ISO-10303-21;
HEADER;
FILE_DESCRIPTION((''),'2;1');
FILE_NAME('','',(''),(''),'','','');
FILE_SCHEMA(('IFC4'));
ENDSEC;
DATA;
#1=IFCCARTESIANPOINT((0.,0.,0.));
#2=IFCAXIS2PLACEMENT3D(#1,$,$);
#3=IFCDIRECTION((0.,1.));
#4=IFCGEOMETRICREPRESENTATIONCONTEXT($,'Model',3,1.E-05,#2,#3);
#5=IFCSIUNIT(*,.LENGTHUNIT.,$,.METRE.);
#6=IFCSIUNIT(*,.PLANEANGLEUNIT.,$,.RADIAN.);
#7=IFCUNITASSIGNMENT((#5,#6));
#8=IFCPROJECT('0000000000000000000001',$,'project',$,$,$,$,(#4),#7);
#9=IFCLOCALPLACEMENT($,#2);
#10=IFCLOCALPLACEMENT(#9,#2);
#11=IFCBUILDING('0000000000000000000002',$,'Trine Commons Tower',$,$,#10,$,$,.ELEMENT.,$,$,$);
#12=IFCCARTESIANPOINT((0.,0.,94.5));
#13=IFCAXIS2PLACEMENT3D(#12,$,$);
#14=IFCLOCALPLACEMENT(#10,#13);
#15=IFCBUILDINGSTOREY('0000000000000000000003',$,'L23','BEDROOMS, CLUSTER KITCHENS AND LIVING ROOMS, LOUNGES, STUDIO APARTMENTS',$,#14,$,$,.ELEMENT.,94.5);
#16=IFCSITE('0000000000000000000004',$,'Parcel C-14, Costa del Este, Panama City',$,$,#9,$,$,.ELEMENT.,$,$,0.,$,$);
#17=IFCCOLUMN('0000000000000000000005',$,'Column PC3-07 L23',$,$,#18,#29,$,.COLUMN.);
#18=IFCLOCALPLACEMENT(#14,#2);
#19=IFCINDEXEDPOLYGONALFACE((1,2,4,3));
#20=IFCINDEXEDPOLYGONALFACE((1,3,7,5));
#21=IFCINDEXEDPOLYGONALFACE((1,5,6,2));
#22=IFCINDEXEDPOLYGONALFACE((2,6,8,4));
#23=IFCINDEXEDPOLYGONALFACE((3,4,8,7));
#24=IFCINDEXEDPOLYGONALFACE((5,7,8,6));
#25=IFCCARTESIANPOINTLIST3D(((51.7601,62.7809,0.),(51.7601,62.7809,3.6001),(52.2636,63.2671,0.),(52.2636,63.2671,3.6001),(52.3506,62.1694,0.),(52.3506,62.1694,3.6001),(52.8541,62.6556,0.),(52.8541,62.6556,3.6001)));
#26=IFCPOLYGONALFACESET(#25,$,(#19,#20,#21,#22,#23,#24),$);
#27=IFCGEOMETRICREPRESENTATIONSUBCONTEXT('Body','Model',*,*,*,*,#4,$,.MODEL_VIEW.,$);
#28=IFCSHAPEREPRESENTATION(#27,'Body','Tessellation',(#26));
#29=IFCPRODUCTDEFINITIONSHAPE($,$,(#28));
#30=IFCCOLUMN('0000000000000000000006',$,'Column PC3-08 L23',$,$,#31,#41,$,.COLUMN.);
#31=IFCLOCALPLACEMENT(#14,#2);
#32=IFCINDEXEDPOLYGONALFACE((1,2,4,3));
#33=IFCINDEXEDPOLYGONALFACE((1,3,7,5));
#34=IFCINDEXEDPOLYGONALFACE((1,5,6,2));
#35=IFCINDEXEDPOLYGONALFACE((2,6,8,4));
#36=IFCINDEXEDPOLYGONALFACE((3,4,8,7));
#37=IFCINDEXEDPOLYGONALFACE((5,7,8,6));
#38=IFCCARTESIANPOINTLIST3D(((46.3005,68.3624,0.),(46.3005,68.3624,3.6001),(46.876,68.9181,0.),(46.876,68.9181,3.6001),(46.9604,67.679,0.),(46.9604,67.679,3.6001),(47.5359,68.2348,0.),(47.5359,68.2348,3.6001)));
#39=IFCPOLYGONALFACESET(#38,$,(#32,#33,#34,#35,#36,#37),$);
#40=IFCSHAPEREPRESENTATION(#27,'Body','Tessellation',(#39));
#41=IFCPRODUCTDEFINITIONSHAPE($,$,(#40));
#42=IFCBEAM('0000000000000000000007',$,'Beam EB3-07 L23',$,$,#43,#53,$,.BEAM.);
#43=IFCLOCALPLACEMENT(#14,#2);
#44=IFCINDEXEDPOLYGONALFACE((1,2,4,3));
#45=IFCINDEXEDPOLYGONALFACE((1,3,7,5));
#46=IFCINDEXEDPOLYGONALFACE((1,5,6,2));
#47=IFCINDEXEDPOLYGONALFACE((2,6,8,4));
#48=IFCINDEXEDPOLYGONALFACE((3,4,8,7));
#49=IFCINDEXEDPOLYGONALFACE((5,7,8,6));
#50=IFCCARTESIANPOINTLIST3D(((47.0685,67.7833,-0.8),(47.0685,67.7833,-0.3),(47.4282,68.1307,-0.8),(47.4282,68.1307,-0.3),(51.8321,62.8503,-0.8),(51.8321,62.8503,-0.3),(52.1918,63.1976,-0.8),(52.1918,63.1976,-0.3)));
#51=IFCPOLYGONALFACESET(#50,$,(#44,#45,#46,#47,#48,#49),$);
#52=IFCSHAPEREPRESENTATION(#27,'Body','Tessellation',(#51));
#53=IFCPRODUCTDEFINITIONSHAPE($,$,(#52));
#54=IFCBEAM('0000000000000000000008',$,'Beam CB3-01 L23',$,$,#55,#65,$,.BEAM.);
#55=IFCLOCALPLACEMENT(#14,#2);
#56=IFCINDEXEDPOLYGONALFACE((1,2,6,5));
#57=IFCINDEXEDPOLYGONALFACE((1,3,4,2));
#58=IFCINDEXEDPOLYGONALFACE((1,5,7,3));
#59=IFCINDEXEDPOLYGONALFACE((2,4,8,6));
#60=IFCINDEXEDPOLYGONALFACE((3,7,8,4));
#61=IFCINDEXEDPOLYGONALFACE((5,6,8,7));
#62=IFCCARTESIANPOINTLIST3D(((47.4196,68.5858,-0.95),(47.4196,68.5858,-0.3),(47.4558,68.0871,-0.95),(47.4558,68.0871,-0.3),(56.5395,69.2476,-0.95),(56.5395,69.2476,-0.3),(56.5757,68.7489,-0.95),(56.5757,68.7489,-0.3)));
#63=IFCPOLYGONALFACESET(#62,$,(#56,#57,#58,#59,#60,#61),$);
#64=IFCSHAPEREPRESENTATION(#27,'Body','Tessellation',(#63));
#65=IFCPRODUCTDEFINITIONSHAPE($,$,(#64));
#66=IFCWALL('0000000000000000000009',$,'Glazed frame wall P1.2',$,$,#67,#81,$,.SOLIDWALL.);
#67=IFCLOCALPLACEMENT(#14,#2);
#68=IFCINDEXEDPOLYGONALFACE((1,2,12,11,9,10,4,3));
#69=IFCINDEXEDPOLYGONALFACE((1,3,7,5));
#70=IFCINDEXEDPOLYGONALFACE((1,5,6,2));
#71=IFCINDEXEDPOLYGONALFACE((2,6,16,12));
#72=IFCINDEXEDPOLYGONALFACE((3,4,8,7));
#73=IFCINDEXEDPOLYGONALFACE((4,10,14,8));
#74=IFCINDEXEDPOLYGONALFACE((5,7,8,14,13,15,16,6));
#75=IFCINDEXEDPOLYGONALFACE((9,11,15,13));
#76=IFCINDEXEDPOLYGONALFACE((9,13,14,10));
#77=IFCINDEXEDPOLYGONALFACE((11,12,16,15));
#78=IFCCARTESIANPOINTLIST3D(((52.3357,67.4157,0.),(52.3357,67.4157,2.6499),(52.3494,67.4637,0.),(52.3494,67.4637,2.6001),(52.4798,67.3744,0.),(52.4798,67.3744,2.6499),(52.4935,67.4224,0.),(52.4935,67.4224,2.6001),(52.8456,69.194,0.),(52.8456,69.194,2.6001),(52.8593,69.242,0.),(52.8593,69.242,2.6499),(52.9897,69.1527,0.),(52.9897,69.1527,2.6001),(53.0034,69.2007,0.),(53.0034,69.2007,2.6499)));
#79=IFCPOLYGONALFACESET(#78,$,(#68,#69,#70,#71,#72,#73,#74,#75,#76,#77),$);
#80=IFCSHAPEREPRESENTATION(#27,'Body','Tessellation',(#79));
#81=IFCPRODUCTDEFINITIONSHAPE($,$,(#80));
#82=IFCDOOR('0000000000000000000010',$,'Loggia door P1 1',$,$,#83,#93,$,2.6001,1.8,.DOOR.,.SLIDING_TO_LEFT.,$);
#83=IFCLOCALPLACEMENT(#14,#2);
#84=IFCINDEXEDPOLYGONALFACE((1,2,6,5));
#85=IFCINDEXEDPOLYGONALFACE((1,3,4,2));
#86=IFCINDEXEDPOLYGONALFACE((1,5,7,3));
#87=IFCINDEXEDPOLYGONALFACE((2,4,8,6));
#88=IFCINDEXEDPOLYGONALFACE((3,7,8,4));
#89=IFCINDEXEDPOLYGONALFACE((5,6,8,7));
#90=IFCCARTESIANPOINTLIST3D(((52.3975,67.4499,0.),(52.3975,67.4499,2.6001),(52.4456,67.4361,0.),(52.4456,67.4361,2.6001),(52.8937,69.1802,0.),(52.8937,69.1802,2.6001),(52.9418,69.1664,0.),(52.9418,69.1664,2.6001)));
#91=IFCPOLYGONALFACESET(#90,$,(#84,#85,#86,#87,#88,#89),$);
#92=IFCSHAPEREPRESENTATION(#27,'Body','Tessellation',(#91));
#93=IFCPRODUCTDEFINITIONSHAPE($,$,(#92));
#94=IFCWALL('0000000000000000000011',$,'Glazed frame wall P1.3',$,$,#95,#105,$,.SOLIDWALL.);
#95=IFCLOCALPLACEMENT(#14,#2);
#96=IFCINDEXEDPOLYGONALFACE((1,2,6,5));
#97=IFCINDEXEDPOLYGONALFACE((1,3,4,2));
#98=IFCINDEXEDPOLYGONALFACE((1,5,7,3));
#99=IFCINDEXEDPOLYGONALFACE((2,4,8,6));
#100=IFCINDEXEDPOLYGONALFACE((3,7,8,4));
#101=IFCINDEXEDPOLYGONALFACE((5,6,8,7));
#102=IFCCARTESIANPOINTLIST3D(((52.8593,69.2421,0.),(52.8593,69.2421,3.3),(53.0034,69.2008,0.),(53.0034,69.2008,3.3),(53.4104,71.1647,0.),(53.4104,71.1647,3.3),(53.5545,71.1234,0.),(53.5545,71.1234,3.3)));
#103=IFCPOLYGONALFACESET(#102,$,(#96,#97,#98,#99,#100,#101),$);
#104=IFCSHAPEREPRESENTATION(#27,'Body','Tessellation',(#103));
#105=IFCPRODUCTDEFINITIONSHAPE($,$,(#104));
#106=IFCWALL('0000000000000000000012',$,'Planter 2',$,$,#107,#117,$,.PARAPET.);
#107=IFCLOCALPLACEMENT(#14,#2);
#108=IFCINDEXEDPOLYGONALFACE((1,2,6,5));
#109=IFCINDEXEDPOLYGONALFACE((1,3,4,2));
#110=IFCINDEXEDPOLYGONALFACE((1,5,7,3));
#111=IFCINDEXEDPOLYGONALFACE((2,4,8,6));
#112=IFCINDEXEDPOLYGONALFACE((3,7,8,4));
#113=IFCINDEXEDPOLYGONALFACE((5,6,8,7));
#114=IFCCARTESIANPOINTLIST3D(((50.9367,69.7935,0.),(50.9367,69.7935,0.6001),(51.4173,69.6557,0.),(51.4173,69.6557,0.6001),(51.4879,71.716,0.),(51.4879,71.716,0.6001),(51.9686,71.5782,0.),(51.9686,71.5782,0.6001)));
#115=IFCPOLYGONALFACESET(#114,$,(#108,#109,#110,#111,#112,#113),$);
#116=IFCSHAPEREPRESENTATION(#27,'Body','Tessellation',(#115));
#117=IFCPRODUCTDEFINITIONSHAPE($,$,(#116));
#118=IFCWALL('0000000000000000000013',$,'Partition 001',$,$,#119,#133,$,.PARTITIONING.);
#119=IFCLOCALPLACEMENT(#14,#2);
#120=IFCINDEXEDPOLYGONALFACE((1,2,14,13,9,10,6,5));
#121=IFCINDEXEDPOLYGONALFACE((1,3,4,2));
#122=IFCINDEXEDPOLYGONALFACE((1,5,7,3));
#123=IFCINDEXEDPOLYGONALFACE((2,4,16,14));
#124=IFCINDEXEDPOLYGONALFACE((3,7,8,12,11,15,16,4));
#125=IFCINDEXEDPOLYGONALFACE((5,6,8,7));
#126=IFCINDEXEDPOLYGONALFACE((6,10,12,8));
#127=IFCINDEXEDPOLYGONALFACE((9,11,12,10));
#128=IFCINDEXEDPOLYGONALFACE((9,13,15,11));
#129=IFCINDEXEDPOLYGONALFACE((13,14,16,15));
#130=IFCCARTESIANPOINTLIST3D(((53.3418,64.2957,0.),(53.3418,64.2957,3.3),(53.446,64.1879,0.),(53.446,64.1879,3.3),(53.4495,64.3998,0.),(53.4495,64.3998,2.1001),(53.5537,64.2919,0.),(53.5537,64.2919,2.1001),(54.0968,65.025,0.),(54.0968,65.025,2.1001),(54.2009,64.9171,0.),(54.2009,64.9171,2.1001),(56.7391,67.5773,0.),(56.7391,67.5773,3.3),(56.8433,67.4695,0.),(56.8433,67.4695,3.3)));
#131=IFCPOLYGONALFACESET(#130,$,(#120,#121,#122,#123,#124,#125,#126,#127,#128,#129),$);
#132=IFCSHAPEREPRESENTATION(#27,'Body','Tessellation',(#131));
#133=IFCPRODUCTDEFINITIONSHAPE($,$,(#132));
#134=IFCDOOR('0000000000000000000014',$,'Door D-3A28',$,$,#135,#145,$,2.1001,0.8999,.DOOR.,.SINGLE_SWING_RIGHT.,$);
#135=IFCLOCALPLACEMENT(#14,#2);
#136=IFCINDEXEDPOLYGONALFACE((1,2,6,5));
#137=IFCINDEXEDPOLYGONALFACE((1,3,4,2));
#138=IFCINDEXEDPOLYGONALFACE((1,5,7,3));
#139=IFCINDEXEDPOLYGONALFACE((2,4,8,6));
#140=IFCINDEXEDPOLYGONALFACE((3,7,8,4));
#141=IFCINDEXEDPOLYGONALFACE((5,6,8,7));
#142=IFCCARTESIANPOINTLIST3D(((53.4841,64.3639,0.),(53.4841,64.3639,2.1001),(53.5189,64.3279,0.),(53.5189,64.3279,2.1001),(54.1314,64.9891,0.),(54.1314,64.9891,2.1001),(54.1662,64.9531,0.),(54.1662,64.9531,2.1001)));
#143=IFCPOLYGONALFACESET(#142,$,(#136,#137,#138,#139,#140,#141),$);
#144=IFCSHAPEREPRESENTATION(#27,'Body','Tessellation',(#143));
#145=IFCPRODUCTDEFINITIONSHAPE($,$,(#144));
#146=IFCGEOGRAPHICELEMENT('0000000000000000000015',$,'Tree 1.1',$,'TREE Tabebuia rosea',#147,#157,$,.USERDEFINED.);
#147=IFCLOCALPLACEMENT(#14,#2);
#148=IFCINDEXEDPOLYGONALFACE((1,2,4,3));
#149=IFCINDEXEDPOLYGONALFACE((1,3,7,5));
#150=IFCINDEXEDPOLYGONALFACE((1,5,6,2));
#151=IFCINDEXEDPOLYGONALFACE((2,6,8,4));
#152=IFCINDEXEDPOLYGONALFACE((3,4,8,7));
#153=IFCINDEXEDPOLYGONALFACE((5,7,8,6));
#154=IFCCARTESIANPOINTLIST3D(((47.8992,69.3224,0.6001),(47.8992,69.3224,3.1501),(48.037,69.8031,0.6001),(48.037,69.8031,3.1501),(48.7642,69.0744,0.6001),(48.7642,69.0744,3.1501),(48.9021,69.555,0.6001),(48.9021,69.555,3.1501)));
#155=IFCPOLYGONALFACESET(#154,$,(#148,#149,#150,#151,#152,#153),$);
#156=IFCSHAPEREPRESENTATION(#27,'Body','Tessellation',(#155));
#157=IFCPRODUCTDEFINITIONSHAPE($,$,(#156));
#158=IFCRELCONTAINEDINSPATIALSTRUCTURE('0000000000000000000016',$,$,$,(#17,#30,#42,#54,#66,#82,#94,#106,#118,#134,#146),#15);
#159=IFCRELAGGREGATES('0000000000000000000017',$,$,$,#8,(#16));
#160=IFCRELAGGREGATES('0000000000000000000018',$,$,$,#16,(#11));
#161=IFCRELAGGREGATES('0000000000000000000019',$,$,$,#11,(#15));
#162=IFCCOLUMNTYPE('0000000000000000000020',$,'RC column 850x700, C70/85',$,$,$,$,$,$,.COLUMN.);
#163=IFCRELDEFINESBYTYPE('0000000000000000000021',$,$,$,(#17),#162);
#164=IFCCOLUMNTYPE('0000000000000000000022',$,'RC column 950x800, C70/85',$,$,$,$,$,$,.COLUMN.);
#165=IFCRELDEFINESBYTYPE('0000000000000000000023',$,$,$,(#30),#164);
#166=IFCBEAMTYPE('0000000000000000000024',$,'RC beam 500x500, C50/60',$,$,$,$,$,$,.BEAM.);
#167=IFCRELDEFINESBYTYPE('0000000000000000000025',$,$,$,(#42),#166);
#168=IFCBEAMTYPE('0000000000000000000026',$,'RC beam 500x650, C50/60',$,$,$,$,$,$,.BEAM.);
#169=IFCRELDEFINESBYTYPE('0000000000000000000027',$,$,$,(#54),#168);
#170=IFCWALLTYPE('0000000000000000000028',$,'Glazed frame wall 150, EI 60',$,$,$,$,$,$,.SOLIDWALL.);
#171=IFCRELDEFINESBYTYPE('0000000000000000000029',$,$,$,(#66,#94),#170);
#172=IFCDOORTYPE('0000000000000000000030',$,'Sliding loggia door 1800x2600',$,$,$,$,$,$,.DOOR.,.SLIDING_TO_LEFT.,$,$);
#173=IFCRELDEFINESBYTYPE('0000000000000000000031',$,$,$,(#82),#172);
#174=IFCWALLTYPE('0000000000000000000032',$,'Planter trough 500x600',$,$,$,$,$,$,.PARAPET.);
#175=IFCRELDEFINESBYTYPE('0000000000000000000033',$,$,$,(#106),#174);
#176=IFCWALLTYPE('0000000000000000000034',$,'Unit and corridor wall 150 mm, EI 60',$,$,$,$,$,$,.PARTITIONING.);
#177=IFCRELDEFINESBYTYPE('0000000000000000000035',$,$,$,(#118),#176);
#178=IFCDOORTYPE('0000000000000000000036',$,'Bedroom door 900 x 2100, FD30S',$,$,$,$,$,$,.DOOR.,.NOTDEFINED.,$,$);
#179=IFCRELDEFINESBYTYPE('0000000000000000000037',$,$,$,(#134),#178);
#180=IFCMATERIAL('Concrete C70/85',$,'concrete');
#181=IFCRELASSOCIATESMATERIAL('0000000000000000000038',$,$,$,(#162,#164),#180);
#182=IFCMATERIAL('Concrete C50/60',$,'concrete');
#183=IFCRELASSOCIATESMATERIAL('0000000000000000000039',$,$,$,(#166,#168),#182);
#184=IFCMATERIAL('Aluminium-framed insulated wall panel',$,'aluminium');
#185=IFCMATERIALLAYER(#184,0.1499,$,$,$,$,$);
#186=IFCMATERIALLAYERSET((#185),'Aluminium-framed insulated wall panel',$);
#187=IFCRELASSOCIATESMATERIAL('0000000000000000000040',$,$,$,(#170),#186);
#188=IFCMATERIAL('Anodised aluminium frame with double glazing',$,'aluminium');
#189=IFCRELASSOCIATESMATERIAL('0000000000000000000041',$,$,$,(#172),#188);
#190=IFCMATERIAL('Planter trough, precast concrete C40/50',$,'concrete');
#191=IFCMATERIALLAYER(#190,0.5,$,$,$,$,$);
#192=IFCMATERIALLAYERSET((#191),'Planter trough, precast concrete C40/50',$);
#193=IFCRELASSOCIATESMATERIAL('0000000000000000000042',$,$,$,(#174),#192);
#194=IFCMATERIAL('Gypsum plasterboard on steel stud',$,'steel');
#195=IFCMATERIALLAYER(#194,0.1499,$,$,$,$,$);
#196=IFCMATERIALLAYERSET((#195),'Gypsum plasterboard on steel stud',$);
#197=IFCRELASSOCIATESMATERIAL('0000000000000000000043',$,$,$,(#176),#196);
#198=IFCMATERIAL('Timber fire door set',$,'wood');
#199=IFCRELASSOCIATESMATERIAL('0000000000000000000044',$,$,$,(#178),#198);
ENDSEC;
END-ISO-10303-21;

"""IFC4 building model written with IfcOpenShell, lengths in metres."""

from ifc_helpers import new_model, si_unit, direction, frame, frame_2d, origin, origin_2d, place, context, subcontext, project, spatial, polyline, rectangle, outline, extrude, material, layer, layer_set, material_profile, profile_set, type_object, element, fill, save


model = new_model("IFC4")

# Units and contexts
model_context = context("Model", 3, precision=1e-05, world=origin(), true_north=direction((0.0, 1.0)))
body_context = subcontext(model_context, "Body", "Model", "MODEL_VIEW")
ifc_project = project(units=[si_unit("LENGTHUNIT", "METRE"), si_unit("PLANEANGLEUNIT", "RADIAN")], contexts=[model_context])

# Site, building, storey
site_placement = place(None, origin())
site = spatial("IfcSite", under=ifc_project, at=site_placement, Name="Parcel C-14, Costa del Este, Panama City", CompositionType="ELEMENT", RefElevation=0.0)
building_placement = place(site_placement, origin())
building = spatial("IfcBuilding", under=site, at=building_placement, Name="Trine Commons Tower", CompositionType="ELEMENT")
storey_placement = place(building_placement, frame((0.0, 0.0, 94.5)))
storey = spatial("IfcBuildingStorey", under=building, at=storey_placement, Name="L23", Description="BEDROOMS, CLUSTER KITCHENS AND LIVING ROOMS, LOUNGES, STUDIO APARTMENTS", CompositionType="ELEMENT", Elevation=94.5)

# Columns
ifc_material_1 = material(Name="Concrete C70/85", Category="concrete")
ifc_material_profile_1 = material_profile(ifc_material_1, rectangle(XDim=0.8501, YDim=0.7, at=origin_2d()), Name="RC 850x700")
ifc_profile_set_1 = profile_set([ifc_material_profile_1], Name="Concrete C70/85")
column_type_1 = type_object("IfcColumnType", Name="RC column 850x700, C70/85", PredefinedType="COLUMN", material=ifc_profile_set_1)
column_1_placement = place(storey_placement, frame((52.3071, 62.7183, 0.0), z_axis=(0.0, 0.0, 1.0), x_axis=(-0.694658, 0.71934, 0.0)))
element("IfcColumn", 1, at=column_1_placement, inside=storey, type_object=column_type_1, Name="Column PC3-07 L23", PredefinedType="COLUMN", context=body_context, shape_type="SweptSolid", body=[
    extrude(rectangle(XDim=0.8501, YDim=0.7, at=origin_2d()), origin(), (0.0, 0.0, 1.0), 3.6001),
])
ifc_material_profile_2 = material_profile(ifc_material_1, rectangle(XDim=0.95, YDim=0.8, at=origin_2d()), Name="RC 950x800")
ifc_profile_set_2 = profile_set([ifc_material_profile_2], Name="Concrete C70/85")
column_type_2 = type_object("IfcColumnType", Name="RC column 950x800, C70/85", PredefinedType="COLUMN", material=ifc_profile_set_2)
column_2_placement = place(storey_placement, frame((46.9182, 68.2986, 0.0), z_axis=(0.0, 0.0, 1.0), x_axis=(-0.694658, 0.71934, 0.0)))
element("IfcColumn", 2, at=column_2_placement, inside=storey, type_object=column_type_2, Name="Column PC3-08 L23", PredefinedType="COLUMN", context=body_context, shape_type="SweptSolid", body=[
    extrude(rectangle(XDim=0.95, YDim=0.8, at=origin_2d()), origin(), (0.0, 0.0, 1.0), 3.6001),
])

# Beams
ifc_material_2 = material(Name="Concrete C50/60", Category="concrete")
ifc_material_profile_3 = material_profile(ifc_material_2, rectangle(XDim=0.5, YDim=0.5, at=origin_2d()), Name="RC 500x500")
ifc_profile_set_3 = profile_set([ifc_material_profile_3], Name="Concrete C50/60")
beam_type_1 = type_object("IfcBeamType", Name="RC beam 500x500, C50/60", PredefinedType="BEAM", material=ifc_profile_set_3)
beam_1_placement = place(storey_placement, frame((52.012, 63.0239, -0.55), z_axis=(-0.694645, 0.719352, 0.0), x_axis=(-0.719352, -0.694645, 0.0)))
element("IfcBeam", 3, at=beam_1_placement, inside=storey, type_object=beam_type_1, Name="Beam EB3-07 L23", PredefinedType="BEAM", context=body_context, shape_type="SweptSolid", body=[
    extrude(rectangle(XDim=0.5, YDim=0.5, at=origin_2d()), origin(), (0.0, 0.0, 1.0), 6.8577),
])
ifc_material_profile_4 = material_profile(ifc_material_2, rectangle(XDim=0.5, YDim=0.6499, at=origin_2d()), Name="RC 500x650")
ifc_profile_set_4 = profile_set([ifc_material_profile_4], Name="Concrete C50/60")
beam_type_2 = type_object("IfcBeamType", Name="RC beam 500x650, C50/60", PredefinedType="BEAM", material=ifc_profile_set_4)
beam_2_placement = place(storey_placement, frame((47.4377, 68.3364, -0.625), z_axis=(0.997377, 0.072384, 0.0), x_axis=(-0.072384, 0.997377, 0.0)))
element("IfcBeam", 4, at=beam_2_placement, inside=storey, type_object=beam_type_2, Name="Beam CB3-01 L23", PredefinedType="BEAM", context=body_context, shape_type="SweptSolid", body=[
    extrude(rectangle(XDim=0.5, YDim=0.6499, at=origin_2d()), origin(), (0.0, 0.0, 1.0), 9.1438),
])

# Shared definitions
ifc_material_3 = material(Name="Aluminium-framed insulated wall panel", Category="aluminium")
ifc_layer_1 = layer(ifc_material_3, 0.1499)
ifc_layer_set_1 = layer_set([ifc_layer_1], Name="Aluminium-framed insulated wall panel")
wall_type_1 = type_object("IfcWallType", Name="Glazed frame wall 150, EI 60", PredefinedType="SOLIDWALL", material=ifc_layer_set_1)

# Wall, opening, door
wall_1_placement = place(storey_placement, frame((52.4077, 67.395, 0.0), z_axis=(0.0, 0.0, 1.0), x_axis=(0.27562, 0.961267, 0.0)))
wall_1 = element("IfcWall", 5, at=wall_1_placement, inside=storey, type_object=wall_type_1, Name="Glazed frame wall P1.2", PredefinedType="SOLIDWALL", context=body_context, shape_type="SweptSolid", body=[
    extrude(outline(polyline([(0.0, -0.075), (1.8999, -0.075), (1.8999, 0.075), (0.0, 0.075), (0.0, -0.075)])), origin(), (0.0, 0.0, 1.0), 2.6499),
])
opening_1_placement = place(wall_1_placement, frame((0.05, 0.0, 0.0)))
opening_1 = element("IfcOpeningElement", 6, at=opening_1_placement, cuts=wall_1, PredefinedType="OPENING", context=body_context, shape_type="SweptSolid", body=[
    extrude(rectangle(XDim=1.8, YDim=2.6001, at=frame_2d((0.8999, 1.3))), frame((0.0, 0.085, 0.0), z_axis=(0.0, -1.0, 0.0), x_axis=(1.0, 0.0, 0.0)), (0.0, 0.0, 1.0), 0.1699),
])
ifc_material_4 = material(Name="Anodised aluminium frame with double glazing", Category="aluminium")
door_type_1 = type_object("IfcDoorType", Name="Sliding loggia door 1800x2600", OperationType="SLIDING_TO_LEFT", PredefinedType="DOOR", material=ifc_material_4)
door_1_placement = place(opening_1_placement, origin())
door_1 = element("IfcDoor", 7, at=door_1_placement, inside=storey, type_object=door_type_1, Name="Loggia door P1 1", OperationType="SLIDING_TO_LEFT", OverallHeight=2.6001, OverallWidth=1.8, PredefinedType="DOOR", context=body_context, shape_type="SweptSolid", body=[
    extrude(rectangle(XDim=1.8, YDim=2.6001, at=frame_2d((0.8999, 1.3))), frame((0.0, 0.0249, 0.0), z_axis=(0.0, -1.0, 0.0), x_axis=(1.0, 0.0, 0.0)), (0.0, 0.0, 1.0), 0.05),
])
fill(opening_1, door_1)

# Walls
wall_2_placement = place(storey_placement, frame((52.9314, 69.2214, 0.0), z_axis=(0.0, 0.0, 1.0), x_axis=(0.275511, 0.961298, 0.0)))
element("IfcWall", 8, at=wall_2_placement, inside=storey, type_object=wall_type_1, Name="Glazed frame wall P1.3", PredefinedType="SOLIDWALL", context=body_context, shape_type="SweptSolid", body=[
    extrude(outline(polyline([(0.0, -0.075), (2.0, -0.075), (2.0, 0.075), (0.0, 0.075), (0.0, -0.075)])), origin(), (0.0, 0.0, 1.0), 3.3),
])
ifc_material_5 = material(Name="Planter trough, precast concrete C40/50", Category="concrete")
ifc_layer_2 = layer(ifc_material_5, 0.5)
ifc_layer_set_2 = layer_set([ifc_layer_2], Name="Planter trough, precast concrete C40/50")
wall_type_2 = type_object("IfcWallType", Name="Planter trough 500x600", PredefinedType="PARAPET", material=ifc_layer_set_2)
wall_3_placement = place(storey_placement, frame((51.177, 69.7246, 0.0), z_axis=(0.0, 0.0, 1.0), x_axis=(0.275624, 0.961266, 0.0)))
element("IfcWall", 9, at=wall_3_placement, inside=storey, type_object=wall_type_2, Name="Planter 2", PredefinedType="PARAPET", context=body_context, shape_type="SweptSolid", body=[
    extrude(rectangle(XDim=2.0, YDim=0.5, at=frame_2d((1.0, 0.0))), origin(), (0.0, 0.0, 1.0), 0.6001),
])

# Wall, opening, door
ifc_material_6 = material(Name="Gypsum plasterboard on steel stud", Category="steel")
ifc_layer_3 = layer(ifc_material_6, 0.1499)
ifc_layer_set_3 = layer_set([ifc_layer_3], Name="Gypsum plasterboard on steel stud")
wall_type_3 = type_object("IfcWallType", Name="Unit and corridor wall 150 mm, EI 60", PredefinedType="PARTITIONING", material=ifc_layer_set_3)
wall_4_placement = place(storey_placement, frame((53.3938, 64.2417, 0.0), z_axis=(0.0, 0.0, 1.0), x_axis=(0.719251, 0.69475, 0.0)))
wall_4 = element("IfcWall", 10, at=wall_4_placement, inside=storey, type_object=wall_type_3, Name="Partition 001", PredefinedType="PARTITIONING", context=body_context, shape_type="SweptSolid", body=[
    extrude(rectangle(XDim=4.7234, YDim=0.1499, at=frame_2d((2.3618, 0.0))), origin(), (0.0, 0.0, 1.0), 3.3),
])
opening_2_placement = place(wall_4_placement, frame((0.1499, 0.0, 0.0)))
opening_2 = element("IfcOpeningElement", 11, at=opening_2_placement, cuts=wall_4, PredefinedType="OPENING", context=body_context, shape_type="SweptSolid", body=[
    extrude(rectangle(XDim=0.8999, YDim=2.1001, at=frame_2d((0.45, 1.05))), frame((0.0, 0.085, 0.0), z_axis=(0.0, -1.0, 0.0), x_axis=(1.0, 0.0, 0.0)), (0.0, 0.0, 1.0), 0.1699),
])
ifc_material_7 = material(Name="Timber fire door set", Category="wood")
door_type_2 = type_object("IfcDoorType", Name="Bedroom door 900 x 2100, FD30S", OperationType="NOTDEFINED", PredefinedType="DOOR", material=ifc_material_7)
door_2_placement = place(opening_2_placement, frame((0.8999, 0.0, 0.0), z_axis=(0.0, 0.0, 1.0), x_axis=(-1.0, 0.0, 0.0)))
door_2 = element("IfcDoor", 12, at=door_2_placement, inside=storey, type_object=door_type_2, Name="Door D-3A28", OperationType="SINGLE_SWING_RIGHT", OverallHeight=2.1001, OverallWidth=0.8999, PredefinedType="DOOR", context=body_context, shape_type="SweptSolid", body=[
    extrude(rectangle(XDim=0.8999, YDim=2.1001, at=frame_2d((0.45, 1.05))), frame((0.0, 0.0249, 0.0), z_axis=(0.0, -1.0, 0.0), x_axis=(1.0, 0.0, 0.0)), (0.0, 0.0, 1.0), 0.05),
])
fill(opening_2, door_2)

# Geographic element
geographic_element_placement = place(storey_placement, frame((48.4006, 69.4387, 0.6001), z_axis=(0.0, 0.0, 1.0), x_axis=(0.961261, -0.275641, 0.0)))
element("IfcGeographicElement", 13, at=geographic_element_placement, inside=storey, Name="Tree 1.1", ObjectType="TREE Tabebuia rosea", PredefinedType="USERDEFINED", context=body_context, shape_type="SweptSolid", body=[
    extrude(rectangle(XDim=0.8999, YDim=0.5, at=origin_2d()), origin(), (0.0, 0.0, 1.0), 2.55),
])

save(model, "model.ifc")
